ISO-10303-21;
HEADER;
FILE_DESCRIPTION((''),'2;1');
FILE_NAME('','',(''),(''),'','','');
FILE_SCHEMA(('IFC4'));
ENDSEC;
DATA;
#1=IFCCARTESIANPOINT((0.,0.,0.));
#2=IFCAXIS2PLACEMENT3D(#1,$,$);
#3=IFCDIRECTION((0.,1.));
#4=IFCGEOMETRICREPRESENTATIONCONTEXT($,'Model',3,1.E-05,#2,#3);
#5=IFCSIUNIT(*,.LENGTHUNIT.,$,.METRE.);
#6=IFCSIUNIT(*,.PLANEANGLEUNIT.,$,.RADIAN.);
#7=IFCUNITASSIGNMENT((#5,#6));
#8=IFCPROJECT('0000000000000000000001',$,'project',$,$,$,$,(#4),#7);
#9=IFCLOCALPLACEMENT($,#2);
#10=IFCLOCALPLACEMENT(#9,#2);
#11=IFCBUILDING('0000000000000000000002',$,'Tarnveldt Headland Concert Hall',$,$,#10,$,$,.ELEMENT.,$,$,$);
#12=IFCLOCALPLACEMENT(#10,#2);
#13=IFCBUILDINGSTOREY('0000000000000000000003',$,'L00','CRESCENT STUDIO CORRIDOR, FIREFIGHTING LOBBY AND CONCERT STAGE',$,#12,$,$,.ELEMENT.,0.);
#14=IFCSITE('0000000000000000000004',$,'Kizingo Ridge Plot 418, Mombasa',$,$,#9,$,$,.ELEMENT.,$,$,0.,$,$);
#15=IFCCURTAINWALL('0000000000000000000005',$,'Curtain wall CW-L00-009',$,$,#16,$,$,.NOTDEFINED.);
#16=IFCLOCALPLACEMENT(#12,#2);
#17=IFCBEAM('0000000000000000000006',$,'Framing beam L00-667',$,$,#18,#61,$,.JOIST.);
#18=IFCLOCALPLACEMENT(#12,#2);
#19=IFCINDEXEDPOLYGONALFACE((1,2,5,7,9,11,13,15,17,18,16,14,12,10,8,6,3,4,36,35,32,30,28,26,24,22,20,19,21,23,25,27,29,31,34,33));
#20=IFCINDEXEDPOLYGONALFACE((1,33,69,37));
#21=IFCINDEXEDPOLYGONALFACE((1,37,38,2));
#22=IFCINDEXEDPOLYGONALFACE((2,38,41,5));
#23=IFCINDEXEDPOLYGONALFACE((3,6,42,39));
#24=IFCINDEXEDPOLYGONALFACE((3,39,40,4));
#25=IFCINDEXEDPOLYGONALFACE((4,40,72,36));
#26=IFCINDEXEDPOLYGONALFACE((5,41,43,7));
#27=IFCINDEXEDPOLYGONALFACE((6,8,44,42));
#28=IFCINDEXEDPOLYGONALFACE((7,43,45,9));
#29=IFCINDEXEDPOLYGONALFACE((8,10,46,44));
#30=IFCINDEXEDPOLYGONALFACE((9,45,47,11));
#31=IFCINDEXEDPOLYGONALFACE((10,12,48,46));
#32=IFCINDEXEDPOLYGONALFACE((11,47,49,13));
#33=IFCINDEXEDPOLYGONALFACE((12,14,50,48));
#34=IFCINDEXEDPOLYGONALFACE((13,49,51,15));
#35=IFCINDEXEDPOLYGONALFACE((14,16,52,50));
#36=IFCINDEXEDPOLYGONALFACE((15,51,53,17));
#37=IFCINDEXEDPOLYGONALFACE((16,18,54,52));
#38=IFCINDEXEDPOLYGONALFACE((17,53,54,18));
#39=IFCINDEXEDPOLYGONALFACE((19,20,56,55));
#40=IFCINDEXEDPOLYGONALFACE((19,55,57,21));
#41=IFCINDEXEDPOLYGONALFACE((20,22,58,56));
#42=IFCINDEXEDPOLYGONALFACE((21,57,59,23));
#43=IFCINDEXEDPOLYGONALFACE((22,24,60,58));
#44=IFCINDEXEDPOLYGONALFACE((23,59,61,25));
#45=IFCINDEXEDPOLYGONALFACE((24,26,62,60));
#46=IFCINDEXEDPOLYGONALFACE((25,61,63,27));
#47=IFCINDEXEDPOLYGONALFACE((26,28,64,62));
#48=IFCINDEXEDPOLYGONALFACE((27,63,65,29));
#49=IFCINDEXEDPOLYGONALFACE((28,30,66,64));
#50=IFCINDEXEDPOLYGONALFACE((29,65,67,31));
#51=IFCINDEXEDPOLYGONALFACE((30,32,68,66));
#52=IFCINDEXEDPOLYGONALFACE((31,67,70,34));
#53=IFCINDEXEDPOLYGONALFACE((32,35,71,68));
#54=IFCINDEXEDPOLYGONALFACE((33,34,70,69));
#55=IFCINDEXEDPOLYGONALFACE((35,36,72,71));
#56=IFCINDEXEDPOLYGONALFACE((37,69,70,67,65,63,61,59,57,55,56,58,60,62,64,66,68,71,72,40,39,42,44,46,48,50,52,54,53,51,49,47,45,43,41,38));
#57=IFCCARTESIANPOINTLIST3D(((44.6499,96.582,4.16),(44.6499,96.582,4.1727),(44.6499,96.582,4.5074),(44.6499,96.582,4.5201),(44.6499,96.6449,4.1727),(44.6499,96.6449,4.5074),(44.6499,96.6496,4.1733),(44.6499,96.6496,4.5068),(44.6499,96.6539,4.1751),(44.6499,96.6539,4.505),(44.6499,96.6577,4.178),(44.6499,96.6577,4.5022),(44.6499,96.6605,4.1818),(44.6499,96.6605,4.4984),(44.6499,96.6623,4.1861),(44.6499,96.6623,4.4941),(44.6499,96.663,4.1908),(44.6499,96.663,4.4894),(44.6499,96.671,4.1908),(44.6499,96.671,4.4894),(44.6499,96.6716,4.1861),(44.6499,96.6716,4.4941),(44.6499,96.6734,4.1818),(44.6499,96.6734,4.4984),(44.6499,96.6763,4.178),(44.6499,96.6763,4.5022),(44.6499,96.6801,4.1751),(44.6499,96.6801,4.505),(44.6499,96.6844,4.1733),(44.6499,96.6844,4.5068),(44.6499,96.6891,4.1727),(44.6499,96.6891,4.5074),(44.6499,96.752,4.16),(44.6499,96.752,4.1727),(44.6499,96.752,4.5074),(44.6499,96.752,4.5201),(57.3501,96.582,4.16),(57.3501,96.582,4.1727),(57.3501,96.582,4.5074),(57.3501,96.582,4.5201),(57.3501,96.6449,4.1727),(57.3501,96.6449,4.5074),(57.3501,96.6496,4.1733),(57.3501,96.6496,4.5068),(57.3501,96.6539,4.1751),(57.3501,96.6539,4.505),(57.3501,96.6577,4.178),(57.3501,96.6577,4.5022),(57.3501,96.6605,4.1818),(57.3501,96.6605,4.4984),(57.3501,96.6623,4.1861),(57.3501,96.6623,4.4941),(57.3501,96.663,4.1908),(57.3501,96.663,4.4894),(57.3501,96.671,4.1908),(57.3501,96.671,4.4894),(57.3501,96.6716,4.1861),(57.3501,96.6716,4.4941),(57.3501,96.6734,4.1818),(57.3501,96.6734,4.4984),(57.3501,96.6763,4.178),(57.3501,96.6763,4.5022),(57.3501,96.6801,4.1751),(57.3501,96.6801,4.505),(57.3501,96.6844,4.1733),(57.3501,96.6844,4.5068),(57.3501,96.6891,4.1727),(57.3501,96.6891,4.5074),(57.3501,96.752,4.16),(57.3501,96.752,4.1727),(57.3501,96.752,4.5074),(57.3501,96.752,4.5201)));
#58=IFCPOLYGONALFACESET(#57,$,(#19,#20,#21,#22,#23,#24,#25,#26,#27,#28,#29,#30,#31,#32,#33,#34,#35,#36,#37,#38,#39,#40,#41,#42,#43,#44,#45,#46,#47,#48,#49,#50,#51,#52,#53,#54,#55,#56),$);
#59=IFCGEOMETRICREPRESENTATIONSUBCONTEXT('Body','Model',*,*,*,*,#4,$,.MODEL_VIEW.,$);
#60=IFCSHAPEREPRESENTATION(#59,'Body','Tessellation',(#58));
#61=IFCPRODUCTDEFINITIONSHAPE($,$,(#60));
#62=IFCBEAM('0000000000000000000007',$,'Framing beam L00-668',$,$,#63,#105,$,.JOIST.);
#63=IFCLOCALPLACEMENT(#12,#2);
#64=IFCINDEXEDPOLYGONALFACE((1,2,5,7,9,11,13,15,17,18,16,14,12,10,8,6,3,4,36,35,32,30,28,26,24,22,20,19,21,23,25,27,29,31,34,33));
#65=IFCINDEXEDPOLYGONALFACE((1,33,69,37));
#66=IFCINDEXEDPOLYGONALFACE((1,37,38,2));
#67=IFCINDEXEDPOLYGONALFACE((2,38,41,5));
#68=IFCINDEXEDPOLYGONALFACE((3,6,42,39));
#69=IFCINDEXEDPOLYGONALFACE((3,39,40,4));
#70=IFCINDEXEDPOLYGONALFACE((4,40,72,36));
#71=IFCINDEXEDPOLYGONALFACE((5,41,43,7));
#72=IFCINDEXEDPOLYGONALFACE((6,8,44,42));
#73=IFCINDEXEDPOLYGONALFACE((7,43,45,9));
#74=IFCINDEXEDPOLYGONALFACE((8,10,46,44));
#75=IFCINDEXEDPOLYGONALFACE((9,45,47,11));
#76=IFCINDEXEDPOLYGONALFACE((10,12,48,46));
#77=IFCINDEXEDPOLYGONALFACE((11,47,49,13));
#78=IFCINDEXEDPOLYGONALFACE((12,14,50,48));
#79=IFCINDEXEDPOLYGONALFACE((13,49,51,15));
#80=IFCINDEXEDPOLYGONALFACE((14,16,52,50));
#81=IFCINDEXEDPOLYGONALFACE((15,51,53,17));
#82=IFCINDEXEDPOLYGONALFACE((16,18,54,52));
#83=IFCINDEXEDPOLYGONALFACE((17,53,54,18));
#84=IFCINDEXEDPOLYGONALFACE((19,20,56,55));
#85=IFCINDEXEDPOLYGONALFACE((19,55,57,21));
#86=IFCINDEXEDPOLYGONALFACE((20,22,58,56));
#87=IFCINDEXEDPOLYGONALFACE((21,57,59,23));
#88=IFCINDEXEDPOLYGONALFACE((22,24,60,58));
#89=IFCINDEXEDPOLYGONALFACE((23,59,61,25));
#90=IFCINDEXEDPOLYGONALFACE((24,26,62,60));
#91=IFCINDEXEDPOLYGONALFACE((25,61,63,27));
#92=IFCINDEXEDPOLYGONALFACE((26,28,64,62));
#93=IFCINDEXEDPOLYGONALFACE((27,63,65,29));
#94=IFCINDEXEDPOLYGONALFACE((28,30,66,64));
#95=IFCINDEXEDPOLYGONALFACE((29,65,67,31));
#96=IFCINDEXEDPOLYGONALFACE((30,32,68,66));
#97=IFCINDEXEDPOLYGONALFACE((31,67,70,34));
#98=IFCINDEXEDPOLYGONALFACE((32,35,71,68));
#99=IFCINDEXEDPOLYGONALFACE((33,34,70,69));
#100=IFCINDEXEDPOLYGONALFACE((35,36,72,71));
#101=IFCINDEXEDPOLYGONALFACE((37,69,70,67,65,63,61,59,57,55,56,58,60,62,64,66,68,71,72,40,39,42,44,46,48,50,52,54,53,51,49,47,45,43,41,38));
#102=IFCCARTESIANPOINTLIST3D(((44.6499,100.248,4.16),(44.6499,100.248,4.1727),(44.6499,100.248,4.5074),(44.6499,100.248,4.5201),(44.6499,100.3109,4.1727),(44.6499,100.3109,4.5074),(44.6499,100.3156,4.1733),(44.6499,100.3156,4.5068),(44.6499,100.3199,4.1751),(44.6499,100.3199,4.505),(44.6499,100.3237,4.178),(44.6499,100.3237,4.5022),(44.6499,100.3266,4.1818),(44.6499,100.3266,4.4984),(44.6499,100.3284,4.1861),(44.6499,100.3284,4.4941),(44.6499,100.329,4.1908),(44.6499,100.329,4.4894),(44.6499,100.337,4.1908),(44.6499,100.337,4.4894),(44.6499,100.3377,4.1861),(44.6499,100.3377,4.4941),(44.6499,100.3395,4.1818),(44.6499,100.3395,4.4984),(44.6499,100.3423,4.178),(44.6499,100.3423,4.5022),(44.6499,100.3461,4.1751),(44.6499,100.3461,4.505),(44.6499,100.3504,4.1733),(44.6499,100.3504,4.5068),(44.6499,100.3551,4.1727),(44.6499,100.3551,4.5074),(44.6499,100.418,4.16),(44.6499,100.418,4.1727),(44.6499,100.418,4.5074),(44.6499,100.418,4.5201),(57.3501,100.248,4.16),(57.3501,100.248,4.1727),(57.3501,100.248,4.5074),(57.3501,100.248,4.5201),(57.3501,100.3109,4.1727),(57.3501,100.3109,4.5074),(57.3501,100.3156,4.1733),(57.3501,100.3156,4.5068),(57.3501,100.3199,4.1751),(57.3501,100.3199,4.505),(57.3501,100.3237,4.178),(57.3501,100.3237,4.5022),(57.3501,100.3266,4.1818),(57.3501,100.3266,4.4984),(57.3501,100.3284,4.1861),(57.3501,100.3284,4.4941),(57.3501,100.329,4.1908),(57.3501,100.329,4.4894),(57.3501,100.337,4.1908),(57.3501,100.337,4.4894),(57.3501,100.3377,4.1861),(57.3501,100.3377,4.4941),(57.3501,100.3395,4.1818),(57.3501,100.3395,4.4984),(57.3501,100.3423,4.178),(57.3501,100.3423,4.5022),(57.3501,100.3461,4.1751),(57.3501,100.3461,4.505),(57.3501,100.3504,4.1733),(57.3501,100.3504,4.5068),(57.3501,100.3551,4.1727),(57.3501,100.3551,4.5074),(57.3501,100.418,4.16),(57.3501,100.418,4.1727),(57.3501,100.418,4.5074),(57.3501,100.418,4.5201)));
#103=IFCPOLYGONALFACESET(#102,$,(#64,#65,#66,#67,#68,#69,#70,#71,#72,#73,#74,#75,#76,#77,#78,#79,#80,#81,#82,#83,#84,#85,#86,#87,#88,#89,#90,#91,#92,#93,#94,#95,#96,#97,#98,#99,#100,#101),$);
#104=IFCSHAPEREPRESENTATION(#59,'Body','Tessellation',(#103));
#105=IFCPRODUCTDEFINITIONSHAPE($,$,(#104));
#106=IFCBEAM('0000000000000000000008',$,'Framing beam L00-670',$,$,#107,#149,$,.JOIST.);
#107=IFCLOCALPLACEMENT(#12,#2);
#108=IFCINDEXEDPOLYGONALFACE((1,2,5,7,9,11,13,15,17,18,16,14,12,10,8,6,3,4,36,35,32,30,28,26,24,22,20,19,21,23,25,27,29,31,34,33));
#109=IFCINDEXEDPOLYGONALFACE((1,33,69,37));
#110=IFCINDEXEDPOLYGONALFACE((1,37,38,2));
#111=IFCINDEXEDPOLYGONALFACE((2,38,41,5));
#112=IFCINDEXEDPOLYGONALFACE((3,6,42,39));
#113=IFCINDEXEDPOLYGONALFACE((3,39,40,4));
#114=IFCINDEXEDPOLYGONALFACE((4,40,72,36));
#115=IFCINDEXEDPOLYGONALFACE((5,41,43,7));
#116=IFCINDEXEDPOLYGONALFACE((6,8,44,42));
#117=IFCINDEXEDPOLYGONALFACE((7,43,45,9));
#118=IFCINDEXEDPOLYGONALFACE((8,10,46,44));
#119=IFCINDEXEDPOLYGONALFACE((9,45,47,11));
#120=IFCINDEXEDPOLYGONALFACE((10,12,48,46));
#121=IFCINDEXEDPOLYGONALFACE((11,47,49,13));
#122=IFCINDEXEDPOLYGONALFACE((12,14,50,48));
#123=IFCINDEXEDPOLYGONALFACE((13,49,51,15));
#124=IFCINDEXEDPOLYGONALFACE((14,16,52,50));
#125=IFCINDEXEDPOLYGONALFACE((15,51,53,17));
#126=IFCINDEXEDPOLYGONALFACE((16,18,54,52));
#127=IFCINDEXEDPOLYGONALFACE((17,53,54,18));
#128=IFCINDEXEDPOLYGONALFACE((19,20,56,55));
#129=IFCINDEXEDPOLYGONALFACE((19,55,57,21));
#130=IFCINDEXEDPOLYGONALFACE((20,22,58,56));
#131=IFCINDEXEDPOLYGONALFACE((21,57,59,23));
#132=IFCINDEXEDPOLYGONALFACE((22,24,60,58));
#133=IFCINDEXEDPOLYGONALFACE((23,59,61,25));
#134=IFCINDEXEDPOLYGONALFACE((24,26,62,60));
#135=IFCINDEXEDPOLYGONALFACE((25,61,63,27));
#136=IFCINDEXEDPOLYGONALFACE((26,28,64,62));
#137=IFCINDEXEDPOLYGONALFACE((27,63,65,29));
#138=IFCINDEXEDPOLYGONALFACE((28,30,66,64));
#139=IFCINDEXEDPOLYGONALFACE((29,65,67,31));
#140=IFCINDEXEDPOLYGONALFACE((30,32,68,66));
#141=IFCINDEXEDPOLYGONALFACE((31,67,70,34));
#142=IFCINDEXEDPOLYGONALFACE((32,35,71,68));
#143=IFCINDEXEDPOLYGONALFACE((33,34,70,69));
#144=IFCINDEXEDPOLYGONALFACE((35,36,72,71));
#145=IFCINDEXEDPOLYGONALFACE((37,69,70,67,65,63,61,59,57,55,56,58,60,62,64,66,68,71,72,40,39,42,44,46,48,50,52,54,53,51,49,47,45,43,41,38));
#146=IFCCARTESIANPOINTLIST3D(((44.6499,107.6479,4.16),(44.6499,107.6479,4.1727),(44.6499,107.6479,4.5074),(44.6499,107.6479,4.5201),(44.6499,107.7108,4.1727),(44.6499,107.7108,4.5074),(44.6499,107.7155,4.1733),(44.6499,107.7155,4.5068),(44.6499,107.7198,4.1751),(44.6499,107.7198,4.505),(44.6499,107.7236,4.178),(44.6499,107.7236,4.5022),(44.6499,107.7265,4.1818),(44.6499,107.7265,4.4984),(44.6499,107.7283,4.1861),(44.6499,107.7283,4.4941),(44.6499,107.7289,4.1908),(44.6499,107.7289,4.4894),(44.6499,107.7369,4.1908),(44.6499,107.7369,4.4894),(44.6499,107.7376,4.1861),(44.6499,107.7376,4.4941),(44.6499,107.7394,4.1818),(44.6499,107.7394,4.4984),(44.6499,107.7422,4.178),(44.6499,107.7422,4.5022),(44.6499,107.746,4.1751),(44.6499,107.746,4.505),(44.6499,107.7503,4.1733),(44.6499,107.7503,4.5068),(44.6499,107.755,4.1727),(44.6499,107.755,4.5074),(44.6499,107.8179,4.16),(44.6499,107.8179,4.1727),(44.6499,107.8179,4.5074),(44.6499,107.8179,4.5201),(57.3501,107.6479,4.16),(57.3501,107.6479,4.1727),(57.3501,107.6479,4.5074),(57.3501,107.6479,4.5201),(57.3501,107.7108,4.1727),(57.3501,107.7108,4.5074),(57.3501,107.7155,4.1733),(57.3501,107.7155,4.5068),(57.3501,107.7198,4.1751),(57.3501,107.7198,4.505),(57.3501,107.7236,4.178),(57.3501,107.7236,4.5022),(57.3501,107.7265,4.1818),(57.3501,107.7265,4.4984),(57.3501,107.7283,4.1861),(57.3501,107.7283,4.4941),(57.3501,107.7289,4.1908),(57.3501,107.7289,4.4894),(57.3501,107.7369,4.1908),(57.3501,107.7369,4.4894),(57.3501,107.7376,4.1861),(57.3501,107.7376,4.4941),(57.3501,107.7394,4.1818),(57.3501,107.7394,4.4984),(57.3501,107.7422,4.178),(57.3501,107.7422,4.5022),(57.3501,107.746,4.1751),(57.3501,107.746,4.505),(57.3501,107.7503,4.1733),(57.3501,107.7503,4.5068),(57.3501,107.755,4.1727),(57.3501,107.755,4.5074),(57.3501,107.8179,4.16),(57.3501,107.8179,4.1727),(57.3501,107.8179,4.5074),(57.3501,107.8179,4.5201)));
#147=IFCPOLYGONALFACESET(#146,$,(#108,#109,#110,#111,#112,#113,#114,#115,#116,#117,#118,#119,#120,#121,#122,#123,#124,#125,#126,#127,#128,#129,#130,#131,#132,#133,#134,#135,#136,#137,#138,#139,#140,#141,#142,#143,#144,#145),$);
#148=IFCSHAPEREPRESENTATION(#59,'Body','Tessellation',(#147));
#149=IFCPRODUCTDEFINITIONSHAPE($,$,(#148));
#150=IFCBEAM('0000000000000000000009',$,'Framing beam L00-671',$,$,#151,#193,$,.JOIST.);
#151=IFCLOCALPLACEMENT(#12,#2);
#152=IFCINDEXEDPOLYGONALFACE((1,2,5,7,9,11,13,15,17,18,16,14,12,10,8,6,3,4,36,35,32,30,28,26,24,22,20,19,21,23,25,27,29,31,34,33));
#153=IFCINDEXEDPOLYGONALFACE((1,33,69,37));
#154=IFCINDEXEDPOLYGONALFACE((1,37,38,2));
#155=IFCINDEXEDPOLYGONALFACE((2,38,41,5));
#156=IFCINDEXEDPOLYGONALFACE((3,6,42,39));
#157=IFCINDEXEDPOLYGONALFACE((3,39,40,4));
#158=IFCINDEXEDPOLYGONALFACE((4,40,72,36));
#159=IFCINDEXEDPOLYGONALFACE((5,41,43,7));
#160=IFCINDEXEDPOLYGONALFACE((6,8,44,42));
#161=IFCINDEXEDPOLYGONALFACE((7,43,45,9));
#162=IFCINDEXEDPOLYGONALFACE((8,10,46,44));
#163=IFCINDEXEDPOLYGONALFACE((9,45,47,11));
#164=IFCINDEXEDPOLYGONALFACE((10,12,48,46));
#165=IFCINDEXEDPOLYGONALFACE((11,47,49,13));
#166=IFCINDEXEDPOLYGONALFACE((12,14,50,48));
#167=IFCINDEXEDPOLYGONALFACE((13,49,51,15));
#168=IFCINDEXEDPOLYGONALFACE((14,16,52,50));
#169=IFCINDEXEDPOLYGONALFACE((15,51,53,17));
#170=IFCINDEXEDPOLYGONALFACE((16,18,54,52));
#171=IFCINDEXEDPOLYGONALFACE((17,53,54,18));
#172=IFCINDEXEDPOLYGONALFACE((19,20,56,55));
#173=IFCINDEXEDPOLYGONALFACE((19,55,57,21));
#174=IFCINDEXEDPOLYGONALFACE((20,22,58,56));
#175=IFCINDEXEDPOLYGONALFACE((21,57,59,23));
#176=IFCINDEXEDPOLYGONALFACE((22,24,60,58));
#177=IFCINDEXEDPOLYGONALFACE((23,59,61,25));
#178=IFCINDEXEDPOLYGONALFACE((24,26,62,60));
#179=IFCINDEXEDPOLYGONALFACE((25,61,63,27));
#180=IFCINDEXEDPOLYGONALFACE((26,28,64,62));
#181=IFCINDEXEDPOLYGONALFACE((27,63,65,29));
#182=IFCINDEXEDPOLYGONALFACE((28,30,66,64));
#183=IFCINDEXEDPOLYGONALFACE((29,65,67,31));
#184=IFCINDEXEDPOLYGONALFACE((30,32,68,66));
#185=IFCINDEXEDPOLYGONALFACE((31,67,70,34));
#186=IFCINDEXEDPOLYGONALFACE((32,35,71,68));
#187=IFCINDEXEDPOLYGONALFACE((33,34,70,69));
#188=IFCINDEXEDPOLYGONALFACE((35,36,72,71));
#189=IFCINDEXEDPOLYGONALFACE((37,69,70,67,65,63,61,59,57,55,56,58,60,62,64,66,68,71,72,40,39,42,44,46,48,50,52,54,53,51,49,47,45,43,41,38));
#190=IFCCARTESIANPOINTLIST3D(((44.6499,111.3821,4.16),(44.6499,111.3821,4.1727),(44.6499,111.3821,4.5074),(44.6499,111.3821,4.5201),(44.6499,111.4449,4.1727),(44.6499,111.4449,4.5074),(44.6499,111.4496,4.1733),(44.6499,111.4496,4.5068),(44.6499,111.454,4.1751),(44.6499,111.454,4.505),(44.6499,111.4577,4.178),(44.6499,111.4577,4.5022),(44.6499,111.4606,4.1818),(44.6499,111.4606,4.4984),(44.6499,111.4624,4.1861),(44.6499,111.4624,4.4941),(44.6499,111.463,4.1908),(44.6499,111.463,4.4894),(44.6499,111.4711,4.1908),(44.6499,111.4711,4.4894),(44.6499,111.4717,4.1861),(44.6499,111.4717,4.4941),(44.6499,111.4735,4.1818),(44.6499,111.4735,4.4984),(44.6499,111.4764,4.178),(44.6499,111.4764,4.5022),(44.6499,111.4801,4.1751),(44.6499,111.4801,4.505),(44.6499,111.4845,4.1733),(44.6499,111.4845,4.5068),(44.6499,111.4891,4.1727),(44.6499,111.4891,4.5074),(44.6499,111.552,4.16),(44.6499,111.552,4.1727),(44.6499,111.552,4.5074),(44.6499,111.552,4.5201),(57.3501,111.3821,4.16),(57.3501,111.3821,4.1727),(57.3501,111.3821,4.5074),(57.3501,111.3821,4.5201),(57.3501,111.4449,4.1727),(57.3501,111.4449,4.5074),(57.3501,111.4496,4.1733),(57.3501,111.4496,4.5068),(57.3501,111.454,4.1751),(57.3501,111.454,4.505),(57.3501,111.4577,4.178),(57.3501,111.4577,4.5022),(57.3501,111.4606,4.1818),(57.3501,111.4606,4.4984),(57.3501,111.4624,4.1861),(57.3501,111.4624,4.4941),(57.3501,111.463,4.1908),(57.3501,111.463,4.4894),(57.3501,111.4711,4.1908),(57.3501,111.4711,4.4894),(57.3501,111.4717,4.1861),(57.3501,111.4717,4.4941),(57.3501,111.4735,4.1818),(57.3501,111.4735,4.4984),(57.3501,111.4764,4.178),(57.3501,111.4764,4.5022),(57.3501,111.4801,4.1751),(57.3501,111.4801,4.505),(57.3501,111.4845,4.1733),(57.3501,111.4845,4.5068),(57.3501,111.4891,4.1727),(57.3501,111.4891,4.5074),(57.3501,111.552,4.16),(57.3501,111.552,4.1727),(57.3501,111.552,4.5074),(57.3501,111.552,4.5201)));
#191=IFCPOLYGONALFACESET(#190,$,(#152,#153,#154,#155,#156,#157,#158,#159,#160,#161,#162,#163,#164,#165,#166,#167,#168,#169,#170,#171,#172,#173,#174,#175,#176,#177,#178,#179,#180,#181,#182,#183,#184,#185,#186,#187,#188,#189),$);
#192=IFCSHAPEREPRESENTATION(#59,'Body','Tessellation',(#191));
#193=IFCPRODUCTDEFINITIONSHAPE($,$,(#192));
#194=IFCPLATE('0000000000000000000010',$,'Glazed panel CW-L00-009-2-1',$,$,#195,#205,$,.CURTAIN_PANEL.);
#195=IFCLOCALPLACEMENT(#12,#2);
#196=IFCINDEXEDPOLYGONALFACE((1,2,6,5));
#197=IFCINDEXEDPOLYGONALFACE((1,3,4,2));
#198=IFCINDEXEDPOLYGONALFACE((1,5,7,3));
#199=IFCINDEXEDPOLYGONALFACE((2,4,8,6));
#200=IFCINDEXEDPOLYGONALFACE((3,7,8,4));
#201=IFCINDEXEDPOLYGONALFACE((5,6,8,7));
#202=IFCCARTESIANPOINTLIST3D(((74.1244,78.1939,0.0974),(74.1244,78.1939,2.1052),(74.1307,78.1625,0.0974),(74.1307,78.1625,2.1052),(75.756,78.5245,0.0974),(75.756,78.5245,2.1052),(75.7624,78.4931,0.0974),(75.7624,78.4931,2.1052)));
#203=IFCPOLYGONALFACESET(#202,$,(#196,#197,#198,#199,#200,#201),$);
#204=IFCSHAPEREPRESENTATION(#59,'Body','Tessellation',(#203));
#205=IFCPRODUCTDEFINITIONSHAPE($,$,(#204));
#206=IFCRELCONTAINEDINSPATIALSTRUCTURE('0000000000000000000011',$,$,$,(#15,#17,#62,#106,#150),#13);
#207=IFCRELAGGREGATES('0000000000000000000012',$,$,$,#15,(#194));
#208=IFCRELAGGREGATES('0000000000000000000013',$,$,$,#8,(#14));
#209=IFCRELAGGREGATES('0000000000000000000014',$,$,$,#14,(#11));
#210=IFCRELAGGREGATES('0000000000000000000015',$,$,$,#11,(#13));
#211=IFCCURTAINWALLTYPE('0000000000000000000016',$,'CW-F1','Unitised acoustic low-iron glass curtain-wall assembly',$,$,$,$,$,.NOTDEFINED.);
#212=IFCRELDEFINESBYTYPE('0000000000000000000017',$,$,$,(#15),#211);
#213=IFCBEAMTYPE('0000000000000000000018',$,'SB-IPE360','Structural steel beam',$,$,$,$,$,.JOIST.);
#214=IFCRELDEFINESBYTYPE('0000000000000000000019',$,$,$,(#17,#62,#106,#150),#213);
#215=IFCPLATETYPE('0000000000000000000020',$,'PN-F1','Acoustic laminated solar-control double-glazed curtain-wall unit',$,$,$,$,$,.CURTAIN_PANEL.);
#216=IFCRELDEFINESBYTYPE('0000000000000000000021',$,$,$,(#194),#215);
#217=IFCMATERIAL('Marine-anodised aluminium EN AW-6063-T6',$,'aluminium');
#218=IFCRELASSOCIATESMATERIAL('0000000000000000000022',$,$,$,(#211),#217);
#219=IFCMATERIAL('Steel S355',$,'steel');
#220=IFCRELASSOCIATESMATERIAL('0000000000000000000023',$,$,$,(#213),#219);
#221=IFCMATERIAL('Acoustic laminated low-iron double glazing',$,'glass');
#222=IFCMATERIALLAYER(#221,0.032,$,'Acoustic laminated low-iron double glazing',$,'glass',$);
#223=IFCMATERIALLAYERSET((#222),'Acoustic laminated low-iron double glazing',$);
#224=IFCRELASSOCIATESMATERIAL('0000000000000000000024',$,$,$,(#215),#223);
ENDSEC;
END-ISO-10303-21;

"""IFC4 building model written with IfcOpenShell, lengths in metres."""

from ifc_helpers import new_model, si_unit, direction, frame, origin, origin_2d, place, context, subcontext, project, spatial, rectangle, i_section, extrude, material, layer, layer_set, material_profile, profile_set, type_object, element, aggregate, save


model = new_model("IFC4")

# Units and contexts
model_context = context("Model", 3, precision=1e-05, world=origin(), true_north=direction((0.0, 1.0)))
body_context = subcontext(model_context, "Body", "Model", "MODEL_VIEW")
ifc_project = project(units=[si_unit("LENGTHUNIT", "METRE"), si_unit("PLANEANGLEUNIT", "RADIAN")], contexts=[model_context])

# Site, building, storey
site_placement = place(None, origin())
site = spatial("IfcSite", under=ifc_project, at=site_placement, Name="Kizingo Ridge Plot 418, Mombasa", CompositionType="ELEMENT", RefElevation=0.0)
building_placement = place(site_placement, origin())
building = spatial("IfcBuilding", under=site, at=building_placement, Name="Tarnveldt Headland Concert Hall", CompositionType="ELEMENT")
storey_placement = place(building_placement, origin())
storey = spatial("IfcBuildingStorey", under=building, at=storey_placement, Name="L00", Description="CRESCENT STUDIO CORRIDOR, FIREFIGHTING LOBBY AND CONCERT STAGE", CompositionType="ELEMENT", Elevation=0.0)

# Curtain wall
ifc_material_1 = material(Name="Marine-anodised aluminium EN AW-6063-T6", Category="aluminium")
curtain_wall_type = type_object("IfcCurtainWallType", Name="CW-F1", Description="Unitised acoustic low-iron glass curtain-wall assembly", PredefinedType="NOTDEFINED", material=ifc_material_1)
curtain_wall_placement = place(storey_placement, origin())
curtain_wall = element("IfcCurtainWall", 1, at=curtain_wall_placement, inside=storey, type_object=curtain_wall_type, Name="Curtain wall CW-L00-009", PredefinedType="NOTDEFINED")

# Beams
ifc_material_2 = material(Name="Steel S355", Category="steel")
ifc_material_profile_1 = material_profile(ifc_material_2, i_section(OverallWidth=0.1699, OverallDepth=0.3601, WebThickness=0.0081, FlangeThickness=0.0127, FilletRadius=0.0181, at=origin_2d()), Name="IPE360", Category="steel")
ifc_profile_set_1 = profile_set([ifc_material_profile_1], Name="Steel S355")
beam_type_1 = type_object("IfcBeamType", Name="SB-IPE360", Description="Structural steel beam", PredefinedType="JOIST", material=ifc_profile_set_1)
for number, where, z_axis, x_axis, name in (
    (2, (44.6499, 96.667, 4.3401), (1.0, 0.0, 0.0), (0.0, 1.0, 0.0), "Framing beam L00-667"),
    (3, (44.6499, 100.333, 4.3401), (1.0, 0.0, 0.0), (0.0, 1.0, 0.0), "Framing beam L00-668"),
    (4, (44.6499, 107.7329, 4.3401), (1.0, 0.0, 0.0), (0.0, 1.0, 0.0), "Framing beam L00-670"),
    (5, (44.6499, 111.467, 4.3401), (1.0, 0.0, 0.0), (0.0, 1.0, 0.0), "Framing beam L00-671"),
):
    element("IfcBeam", number, at=place(storey_placement, frame(where, z_axis=z_axis, x_axis=x_axis)), inside=storey, type_object=beam_type_1, Name=name, PredefinedType="JOIST", context=body_context, shape_type="SweptSolid", body=[
        extrude(i_section(OverallWidth=0.1699, OverallDepth=0.3601, WebThickness=0.0081, FlangeThickness=0.0127, FilletRadius=0.0181, at=origin_2d()), origin(), (0.0, 0.0, 1.0), 12.7002),
    ])

# Plate
ifc_material_3 = material(Name="Acoustic laminated low-iron double glazing", Category="glass")
ifc_layer_1 = layer(ifc_material_3, 0.032, Name="Acoustic laminated low-iron double glazing", Category="glass")
ifc_layer_set_1 = layer_set([ifc_layer_1], Name="Acoustic laminated low-iron double glazing")
plate_type = type_object("IfcPlateType", Name="PN-F1", Description="Acoustic laminated solar-control double-glazed curtain-wall unit", PredefinedType="CURTAIN_PANEL", material=ifc_layer_set_1)
plate_1_placement = place(storey_placement, frame((74.9434, 78.3435, 0.0974), z_axis=(0.0, 0.0, 1.0), x_axis=(-0.980088, -0.198564, 0.0)))
plate_1 = element("IfcPlate", 6, at=plate_1_placement, type_object=plate_type, Name="Glazed panel CW-L00-009-2-1", PredefinedType="CURTAIN_PANEL", context=body_context, shape_type="SweptSolid", body=[
    extrude(rectangle(XDim=1.6648, YDim=0.032, at=origin_2d()), origin(), (0.0, 0.0, 1.0), 2.0078),
])
aggregate(curtain_wall, [plate_1])

save(model, "model.ifc")
